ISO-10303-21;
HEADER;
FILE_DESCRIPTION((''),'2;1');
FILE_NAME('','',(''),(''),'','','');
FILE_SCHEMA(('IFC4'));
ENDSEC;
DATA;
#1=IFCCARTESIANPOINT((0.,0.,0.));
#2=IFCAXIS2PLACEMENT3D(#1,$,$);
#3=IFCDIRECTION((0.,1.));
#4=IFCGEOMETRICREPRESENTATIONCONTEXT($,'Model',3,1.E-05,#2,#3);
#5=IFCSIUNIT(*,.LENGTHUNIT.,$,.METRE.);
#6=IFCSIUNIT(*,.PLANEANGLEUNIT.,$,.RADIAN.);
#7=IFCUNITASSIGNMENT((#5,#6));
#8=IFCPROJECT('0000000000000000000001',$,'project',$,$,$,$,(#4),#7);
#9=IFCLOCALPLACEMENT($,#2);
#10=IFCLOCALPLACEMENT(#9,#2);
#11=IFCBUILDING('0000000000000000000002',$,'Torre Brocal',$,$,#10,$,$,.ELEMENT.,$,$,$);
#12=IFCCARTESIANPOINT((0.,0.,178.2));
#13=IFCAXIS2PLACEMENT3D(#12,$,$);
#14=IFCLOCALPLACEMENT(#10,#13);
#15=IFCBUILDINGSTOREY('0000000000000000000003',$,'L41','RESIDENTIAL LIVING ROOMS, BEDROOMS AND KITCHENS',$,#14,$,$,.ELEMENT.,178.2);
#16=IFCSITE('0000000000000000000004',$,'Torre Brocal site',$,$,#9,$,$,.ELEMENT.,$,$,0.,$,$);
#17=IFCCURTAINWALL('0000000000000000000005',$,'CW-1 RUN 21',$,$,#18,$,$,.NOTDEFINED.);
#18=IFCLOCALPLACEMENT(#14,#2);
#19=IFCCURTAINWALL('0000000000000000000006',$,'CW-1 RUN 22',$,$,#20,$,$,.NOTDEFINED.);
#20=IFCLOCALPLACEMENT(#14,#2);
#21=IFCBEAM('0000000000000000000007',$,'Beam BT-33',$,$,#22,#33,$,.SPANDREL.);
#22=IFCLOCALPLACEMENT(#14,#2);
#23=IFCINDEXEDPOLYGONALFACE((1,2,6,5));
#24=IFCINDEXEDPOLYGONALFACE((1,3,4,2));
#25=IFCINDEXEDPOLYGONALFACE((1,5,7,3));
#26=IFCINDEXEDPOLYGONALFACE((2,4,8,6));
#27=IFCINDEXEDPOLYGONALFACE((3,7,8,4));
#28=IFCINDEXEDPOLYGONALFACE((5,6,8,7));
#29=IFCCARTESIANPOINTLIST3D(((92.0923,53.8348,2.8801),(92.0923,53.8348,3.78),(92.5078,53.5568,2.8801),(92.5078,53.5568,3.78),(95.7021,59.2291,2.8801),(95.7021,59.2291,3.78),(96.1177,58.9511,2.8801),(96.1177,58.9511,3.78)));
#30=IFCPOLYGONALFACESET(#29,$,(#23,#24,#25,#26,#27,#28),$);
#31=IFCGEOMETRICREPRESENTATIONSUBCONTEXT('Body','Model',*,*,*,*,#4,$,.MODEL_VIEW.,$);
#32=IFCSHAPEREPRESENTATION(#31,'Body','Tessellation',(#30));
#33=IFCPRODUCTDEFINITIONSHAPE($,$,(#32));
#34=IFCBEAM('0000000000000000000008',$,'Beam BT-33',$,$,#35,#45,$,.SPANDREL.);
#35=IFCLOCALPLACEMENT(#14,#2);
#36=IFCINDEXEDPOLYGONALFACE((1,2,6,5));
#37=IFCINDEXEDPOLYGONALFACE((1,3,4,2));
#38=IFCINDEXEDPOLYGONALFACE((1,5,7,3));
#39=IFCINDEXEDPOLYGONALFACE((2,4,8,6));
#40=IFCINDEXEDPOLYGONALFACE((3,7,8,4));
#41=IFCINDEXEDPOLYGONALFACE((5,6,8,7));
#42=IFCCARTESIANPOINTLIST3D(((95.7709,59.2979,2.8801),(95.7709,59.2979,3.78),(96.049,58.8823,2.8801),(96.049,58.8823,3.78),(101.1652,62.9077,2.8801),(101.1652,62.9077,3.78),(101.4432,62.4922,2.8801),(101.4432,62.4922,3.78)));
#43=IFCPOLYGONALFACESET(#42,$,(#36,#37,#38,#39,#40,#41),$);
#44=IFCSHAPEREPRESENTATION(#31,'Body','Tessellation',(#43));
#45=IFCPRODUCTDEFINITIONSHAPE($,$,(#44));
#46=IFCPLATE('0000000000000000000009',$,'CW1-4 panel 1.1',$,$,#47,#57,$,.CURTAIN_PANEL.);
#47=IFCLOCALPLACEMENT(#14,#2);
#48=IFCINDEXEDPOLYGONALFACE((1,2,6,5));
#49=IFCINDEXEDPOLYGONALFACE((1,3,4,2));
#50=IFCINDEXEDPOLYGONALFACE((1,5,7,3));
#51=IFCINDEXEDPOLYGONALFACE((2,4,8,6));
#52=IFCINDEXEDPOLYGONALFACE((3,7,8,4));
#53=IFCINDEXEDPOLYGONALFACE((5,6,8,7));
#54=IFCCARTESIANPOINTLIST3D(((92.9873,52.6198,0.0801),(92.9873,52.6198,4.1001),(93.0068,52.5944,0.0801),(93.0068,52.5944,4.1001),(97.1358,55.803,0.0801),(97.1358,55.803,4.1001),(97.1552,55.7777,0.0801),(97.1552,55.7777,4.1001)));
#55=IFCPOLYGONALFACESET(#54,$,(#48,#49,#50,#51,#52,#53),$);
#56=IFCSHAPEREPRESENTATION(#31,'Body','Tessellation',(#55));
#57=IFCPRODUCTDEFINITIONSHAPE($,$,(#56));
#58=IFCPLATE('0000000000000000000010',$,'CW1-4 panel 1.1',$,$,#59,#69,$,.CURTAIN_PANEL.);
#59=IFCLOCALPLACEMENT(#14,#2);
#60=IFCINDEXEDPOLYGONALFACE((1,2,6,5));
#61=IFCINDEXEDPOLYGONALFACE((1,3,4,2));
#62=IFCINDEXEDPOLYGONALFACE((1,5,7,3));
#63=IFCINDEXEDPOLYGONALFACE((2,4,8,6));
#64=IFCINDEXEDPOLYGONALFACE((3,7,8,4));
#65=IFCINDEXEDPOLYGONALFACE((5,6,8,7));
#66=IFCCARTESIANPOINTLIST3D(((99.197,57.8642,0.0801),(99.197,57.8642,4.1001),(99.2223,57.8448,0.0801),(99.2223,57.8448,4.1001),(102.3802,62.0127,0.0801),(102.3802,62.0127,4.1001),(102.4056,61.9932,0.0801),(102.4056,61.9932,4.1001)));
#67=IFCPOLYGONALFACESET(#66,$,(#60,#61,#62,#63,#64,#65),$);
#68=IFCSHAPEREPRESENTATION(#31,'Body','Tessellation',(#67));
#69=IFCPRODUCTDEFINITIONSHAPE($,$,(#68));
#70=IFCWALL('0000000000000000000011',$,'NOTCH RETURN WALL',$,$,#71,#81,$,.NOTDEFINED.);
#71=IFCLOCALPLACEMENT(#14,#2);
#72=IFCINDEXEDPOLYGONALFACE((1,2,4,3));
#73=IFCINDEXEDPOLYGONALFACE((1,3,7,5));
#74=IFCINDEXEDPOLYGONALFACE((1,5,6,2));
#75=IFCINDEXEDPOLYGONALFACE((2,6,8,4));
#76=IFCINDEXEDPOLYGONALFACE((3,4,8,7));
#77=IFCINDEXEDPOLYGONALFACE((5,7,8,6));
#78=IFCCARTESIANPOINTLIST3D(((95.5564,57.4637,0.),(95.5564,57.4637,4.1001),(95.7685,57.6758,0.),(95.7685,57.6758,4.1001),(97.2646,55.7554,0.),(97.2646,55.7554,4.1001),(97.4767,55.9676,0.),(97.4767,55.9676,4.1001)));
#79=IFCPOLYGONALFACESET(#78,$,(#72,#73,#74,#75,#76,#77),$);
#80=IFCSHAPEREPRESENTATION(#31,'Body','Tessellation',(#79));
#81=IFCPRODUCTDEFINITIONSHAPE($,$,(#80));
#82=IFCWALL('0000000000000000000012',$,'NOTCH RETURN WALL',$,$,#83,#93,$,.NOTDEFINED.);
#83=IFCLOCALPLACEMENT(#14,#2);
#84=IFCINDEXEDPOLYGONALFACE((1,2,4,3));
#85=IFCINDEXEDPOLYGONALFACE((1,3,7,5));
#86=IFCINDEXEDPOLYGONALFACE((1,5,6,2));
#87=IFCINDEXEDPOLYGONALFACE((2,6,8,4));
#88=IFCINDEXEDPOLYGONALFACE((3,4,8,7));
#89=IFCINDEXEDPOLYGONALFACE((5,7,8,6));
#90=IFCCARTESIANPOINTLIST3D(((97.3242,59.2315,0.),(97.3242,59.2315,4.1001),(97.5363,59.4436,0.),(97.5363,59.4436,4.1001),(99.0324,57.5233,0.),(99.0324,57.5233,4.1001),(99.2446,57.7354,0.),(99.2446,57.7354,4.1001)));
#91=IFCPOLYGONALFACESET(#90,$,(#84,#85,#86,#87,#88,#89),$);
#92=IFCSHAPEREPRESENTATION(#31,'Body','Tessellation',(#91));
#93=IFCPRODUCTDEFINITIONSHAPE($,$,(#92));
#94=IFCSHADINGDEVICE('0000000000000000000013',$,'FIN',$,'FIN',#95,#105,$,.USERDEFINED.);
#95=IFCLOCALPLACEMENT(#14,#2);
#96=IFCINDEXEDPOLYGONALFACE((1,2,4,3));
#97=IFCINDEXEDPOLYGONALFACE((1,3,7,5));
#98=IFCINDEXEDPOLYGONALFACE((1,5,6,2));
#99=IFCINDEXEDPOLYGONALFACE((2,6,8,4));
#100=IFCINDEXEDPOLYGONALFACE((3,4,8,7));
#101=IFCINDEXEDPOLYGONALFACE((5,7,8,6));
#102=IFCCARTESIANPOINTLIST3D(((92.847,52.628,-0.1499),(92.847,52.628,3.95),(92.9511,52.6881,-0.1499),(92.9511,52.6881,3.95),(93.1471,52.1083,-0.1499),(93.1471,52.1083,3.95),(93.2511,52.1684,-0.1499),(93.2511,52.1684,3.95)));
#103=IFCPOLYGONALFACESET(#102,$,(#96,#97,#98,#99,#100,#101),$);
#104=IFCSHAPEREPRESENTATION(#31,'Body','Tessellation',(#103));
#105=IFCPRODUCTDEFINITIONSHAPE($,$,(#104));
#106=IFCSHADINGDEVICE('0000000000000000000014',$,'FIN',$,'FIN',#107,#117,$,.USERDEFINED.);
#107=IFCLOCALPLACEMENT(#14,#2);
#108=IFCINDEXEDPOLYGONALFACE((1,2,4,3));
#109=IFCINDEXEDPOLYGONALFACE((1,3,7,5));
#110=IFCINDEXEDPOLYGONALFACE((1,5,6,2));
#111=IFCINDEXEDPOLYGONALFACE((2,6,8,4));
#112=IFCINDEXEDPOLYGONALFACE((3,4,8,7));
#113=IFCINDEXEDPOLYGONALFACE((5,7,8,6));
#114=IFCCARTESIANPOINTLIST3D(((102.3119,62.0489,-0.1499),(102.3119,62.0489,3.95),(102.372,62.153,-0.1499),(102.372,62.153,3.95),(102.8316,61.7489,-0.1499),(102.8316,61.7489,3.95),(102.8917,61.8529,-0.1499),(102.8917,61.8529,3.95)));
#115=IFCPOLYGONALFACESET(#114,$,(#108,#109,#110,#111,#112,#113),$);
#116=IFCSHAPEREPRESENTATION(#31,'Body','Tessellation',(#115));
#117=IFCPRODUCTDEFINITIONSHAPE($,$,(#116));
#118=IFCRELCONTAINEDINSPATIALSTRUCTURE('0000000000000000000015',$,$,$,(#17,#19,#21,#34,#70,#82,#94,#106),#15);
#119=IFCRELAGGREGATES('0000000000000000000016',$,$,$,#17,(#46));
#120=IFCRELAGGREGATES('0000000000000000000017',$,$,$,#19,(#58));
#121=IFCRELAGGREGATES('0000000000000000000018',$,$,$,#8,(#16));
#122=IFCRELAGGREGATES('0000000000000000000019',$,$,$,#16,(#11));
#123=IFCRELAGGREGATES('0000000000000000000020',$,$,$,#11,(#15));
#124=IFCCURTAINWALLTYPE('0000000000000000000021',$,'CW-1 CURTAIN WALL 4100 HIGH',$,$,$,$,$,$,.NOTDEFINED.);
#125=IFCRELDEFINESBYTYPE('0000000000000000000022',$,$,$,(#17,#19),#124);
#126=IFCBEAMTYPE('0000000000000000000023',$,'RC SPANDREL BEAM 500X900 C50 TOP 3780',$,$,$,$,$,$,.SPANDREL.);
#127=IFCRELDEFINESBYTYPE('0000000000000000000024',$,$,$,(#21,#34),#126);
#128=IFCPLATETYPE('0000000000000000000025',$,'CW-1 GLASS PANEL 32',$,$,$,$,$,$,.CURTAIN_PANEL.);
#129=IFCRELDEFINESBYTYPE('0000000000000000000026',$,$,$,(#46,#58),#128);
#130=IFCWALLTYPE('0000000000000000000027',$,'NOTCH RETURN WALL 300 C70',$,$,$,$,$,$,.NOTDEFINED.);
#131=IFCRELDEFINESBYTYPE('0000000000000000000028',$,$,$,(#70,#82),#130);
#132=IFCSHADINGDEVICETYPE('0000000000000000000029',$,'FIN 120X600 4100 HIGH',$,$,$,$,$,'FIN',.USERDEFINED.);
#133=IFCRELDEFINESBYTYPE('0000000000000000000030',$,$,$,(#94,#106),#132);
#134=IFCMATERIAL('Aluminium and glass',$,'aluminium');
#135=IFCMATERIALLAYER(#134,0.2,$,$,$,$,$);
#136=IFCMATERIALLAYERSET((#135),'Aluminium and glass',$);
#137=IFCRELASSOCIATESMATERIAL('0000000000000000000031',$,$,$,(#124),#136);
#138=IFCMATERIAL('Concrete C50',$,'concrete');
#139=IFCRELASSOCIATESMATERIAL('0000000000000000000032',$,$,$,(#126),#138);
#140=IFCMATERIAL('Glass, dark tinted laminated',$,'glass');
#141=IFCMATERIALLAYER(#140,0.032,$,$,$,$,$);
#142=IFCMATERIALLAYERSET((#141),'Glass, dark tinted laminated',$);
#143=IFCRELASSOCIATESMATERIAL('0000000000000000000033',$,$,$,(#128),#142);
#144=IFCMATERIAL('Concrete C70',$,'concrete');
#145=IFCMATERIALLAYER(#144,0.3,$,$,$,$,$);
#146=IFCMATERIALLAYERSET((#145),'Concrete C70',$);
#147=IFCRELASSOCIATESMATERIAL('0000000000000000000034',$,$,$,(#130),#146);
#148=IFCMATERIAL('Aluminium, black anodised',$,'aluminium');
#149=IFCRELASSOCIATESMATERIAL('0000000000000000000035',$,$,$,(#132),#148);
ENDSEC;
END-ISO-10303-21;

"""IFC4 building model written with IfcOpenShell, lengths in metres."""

from ifc_helpers import new_model, si_unit, direction, frame, frame_2d, origin, origin_2d, place, context, subcontext, project, spatial, rectangle, extrude, material, layer, layer_set, material_profile, profile_set, type_object, element, aggregate, save


model = new_model("IFC4")

# Units and contexts
model_context = context("Model", 3, precision=1e-05, world=origin(), true_north=direction((0.0, 1.0)))
body_context = subcontext(model_context, "Body", "Model", "MODEL_VIEW")
ifc_project = project(units=[si_unit("LENGTHUNIT", "METRE"), si_unit("PLANEANGLEUNIT", "RADIAN")], contexts=[model_context])

# Site, building, storey
site_placement = place(None, origin())
site = spatial("IfcSite", under=ifc_project, at=site_placement, Name="Torre Brocal site", CompositionType="ELEMENT", RefElevation=0.0)
building_placement = place(site_placement, origin())
building = spatial("IfcBuilding", under=site, at=building_placement, Name="Torre Brocal", CompositionType="ELEMENT")
storey_placement = place(building_placement, frame((0.0, 0.0, 178.2)))
storey = spatial("IfcBuildingStorey", under=building, at=storey_placement, Name="L41", Description="RESIDENTIAL LIVING ROOMS, BEDROOMS AND KITCHENS", CompositionType="ELEMENT", Elevation=178.2)

# Shared definitions
ifc_material_1 = material(Name="Aluminium and glass", Category="aluminium")
ifc_layer_1 = layer(ifc_material_1, 0.2)
ifc_layer_set_1 = layer_set([ifc_layer_1], Name="Aluminium and glass")
curtain_wall_type = type_object("IfcCurtainWallType", Name="CW-1 CURTAIN WALL 4100 HIGH", PredefinedType="NOTDEFINED", material=ifc_layer_set_1)

# Curtain walls
curtain_wall_1_placement = place(storey_placement, origin())
curtain_wall_1 = element("IfcCurtainWall", 1, at=curtain_wall_1_placement, inside=storey, type_object=curtain_wall_type, Name="CW-1 RUN 21", PredefinedType="NOTDEFINED")
curtain_wall_2_placement = place(storey_placement, origin())
curtain_wall_2 = element("IfcCurtainWall", 2, at=curtain_wall_2_placement, inside=storey, type_object=curtain_wall_type, Name="CW-1 RUN 22", PredefinedType="NOTDEFINED")

# Beams
ifc_material_2 = material(Name="Concrete C50", Category="concrete")
ifc_material_profile_1 = material_profile(ifc_material_2, rectangle(XDim=0.5, YDim=0.8999, at=origin_2d()), Name="RC 500X900")
ifc_profile_set_1 = profile_set([ifc_material_profile_1], Name="Concrete C50")
beam_type_1 = type_object("IfcBeamType", Name="RC SPANDREL BEAM 500X900 C50 TOP 3780", PredefinedType="SPANDREL", material=ifc_profile_set_1)
for number, where, z_axis, x_axis, name in (
    (3, (92.3, 53.6958, 3.3301), (0.556158, 0.831077, 0.0), (-0.831077, 0.556158, 0.0), "Beam BT-33"),
    (4, (95.9099, 59.0901, 3.3301), (0.831077, 0.556158, 0.0), (-0.556158, 0.831077, 0.0), "Beam BT-33"),
):
    element("IfcBeam", number, at=place(storey_placement, frame(where, z_axis=z_axis, x_axis=x_axis)), inside=storey, type_object=beam_type_1, Name=name, PredefinedType="SPANDREL", context=body_context, shape_type="SweptSolid", body=[
        extrude(rectangle(XDim=0.5, YDim=0.8999, at=origin_2d()), origin(), (0.0, 0.0, 1.0), 6.4907),
    ])

# Plates
ifc_material_3 = material(Name="Glass, dark tinted laminated", Category="glass")
ifc_layer_2 = layer(ifc_material_3, 0.032)
ifc_layer_set_2 = layer_set([ifc_layer_2], Name="Glass, dark tinted laminated")
plate_type = type_object("IfcPlateType", Name="CW-1 GLASS PANEL 32", PredefinedType="CURTAIN_PANEL", material=ifc_layer_set_2)
plate_1_placement = place(storey_placement, frame((95.0713, 54.1987, 0.0801), z_axis=(0.0, 0.0, 1.0), x_axis=(0.793353, 0.608761, 0.0)))
plate_1 = element("IfcPlate", 5, at=plate_1_placement, type_object=plate_type, Name="CW1-4 panel 1.1", PredefinedType="CURTAIN_PANEL", context=body_context, shape_type="SweptSolid", body=[
    extrude(rectangle(XDim=5.229, YDim=0.032, at=origin_2d()), origin(), (0.0, 0.0, 1.0), 4.02),
])
aggregate(curtain_wall_1, [plate_1])
plate_2_placement = place(storey_placement, frame((100.8013, 59.9287, 0.0801), z_axis=(0.0, 0.0, 1.0), x_axis=(0.608761, 0.793353, 0.0)))
plate_2 = element("IfcPlate", 6, at=plate_2_placement, type_object=plate_type, Name="CW1-4 panel 1.1", PredefinedType="CURTAIN_PANEL", context=body_context, shape_type="SweptSolid", body=[
    extrude(rectangle(XDim=5.229, YDim=0.032, at=origin_2d()), origin(), (0.0, 0.0, 1.0), 4.02),
])
aggregate(curtain_wall_2, [plate_2])

# Walls
ifc_material_4 = material(Name="Concrete C70", Category="concrete")
ifc_layer_3 = layer(ifc_material_4, 0.3)
ifc_layer_set_3 = layer_set([ifc_layer_3], Name="Concrete C70")
wall_type = type_object("IfcWallType", Name="NOTCH RETURN WALL 300 C70", PredefinedType="NOTDEFINED", material=ifc_layer_set_3)
for number, where, z_axis, x_axis, name in (
    (7, (95.6624, 57.5698, 0.0), (0.0, 0.0, 1.0), (0.707107, -0.707107, 0.0), "NOTCH RETURN WALL"),
    (8, (97.4302, 59.3376, 0.0), (0.0, 0.0, 1.0), (0.707107, -0.707107, 0.0), "NOTCH RETURN WALL"),
):
    element("IfcWall", number, at=place(storey_placement, frame(where, z_axis=z_axis, x_axis=x_axis)), inside=storey, type_object=wall_type, Name=name, PredefinedType="NOTDEFINED", context=body_context, shape_type="SweptSolid", body=[
        extrude(rectangle(XDim=2.4158, YDim=0.3, at=frame_2d((1.208, 0.0))), origin(), (0.0, 0.0, 1.0), 4.1001),
    ])

# Shading devices
ifc_material_5 = material(Name="Aluminium, black anodised", Category="aluminium")
ifc_material_profile_2 = material_profile(ifc_material_5, rectangle(XDim=0.1201, YDim=0.6001, at=origin_2d()), Name="FIN 120X600 4100 HIGH")
ifc_profile_set_2 = profile_set([ifc_material_profile_2], Name="Aluminium, black anodised")
shading_device_type = type_object("IfcShadingDeviceType", Name="FIN 120X600 4100 HIGH", ElementType="FIN", PredefinedType="USERDEFINED", material=ifc_profile_set_2)
for number, where, z_axis, x_axis, name in (
    (9, (93.0491, 52.3982, -0.1499), (0.0, 0.0, 1.0), (0.866025, 0.5, 0.0), "FIN"),
    (10, (102.6018, 61.9509, -0.1499), (0.0, 0.0, 1.0), (0.5, 0.866025, 0.0), "FIN"),
):
    element("IfcShadingDevice", number, at=place(storey_placement, frame(where, z_axis=z_axis, x_axis=x_axis)), inside=storey, type_object=shading_device_type, Name=name, ObjectType="FIN", PredefinedType="USERDEFINED", context=body_context, shape_type="SweptSolid", body=[
        extrude(rectangle(XDim=0.1201, YDim=0.6001, at=origin_2d()), origin(), (0.0, 0.0, 1.0), 4.0999),
    ])

save(model, "model.ifc")
